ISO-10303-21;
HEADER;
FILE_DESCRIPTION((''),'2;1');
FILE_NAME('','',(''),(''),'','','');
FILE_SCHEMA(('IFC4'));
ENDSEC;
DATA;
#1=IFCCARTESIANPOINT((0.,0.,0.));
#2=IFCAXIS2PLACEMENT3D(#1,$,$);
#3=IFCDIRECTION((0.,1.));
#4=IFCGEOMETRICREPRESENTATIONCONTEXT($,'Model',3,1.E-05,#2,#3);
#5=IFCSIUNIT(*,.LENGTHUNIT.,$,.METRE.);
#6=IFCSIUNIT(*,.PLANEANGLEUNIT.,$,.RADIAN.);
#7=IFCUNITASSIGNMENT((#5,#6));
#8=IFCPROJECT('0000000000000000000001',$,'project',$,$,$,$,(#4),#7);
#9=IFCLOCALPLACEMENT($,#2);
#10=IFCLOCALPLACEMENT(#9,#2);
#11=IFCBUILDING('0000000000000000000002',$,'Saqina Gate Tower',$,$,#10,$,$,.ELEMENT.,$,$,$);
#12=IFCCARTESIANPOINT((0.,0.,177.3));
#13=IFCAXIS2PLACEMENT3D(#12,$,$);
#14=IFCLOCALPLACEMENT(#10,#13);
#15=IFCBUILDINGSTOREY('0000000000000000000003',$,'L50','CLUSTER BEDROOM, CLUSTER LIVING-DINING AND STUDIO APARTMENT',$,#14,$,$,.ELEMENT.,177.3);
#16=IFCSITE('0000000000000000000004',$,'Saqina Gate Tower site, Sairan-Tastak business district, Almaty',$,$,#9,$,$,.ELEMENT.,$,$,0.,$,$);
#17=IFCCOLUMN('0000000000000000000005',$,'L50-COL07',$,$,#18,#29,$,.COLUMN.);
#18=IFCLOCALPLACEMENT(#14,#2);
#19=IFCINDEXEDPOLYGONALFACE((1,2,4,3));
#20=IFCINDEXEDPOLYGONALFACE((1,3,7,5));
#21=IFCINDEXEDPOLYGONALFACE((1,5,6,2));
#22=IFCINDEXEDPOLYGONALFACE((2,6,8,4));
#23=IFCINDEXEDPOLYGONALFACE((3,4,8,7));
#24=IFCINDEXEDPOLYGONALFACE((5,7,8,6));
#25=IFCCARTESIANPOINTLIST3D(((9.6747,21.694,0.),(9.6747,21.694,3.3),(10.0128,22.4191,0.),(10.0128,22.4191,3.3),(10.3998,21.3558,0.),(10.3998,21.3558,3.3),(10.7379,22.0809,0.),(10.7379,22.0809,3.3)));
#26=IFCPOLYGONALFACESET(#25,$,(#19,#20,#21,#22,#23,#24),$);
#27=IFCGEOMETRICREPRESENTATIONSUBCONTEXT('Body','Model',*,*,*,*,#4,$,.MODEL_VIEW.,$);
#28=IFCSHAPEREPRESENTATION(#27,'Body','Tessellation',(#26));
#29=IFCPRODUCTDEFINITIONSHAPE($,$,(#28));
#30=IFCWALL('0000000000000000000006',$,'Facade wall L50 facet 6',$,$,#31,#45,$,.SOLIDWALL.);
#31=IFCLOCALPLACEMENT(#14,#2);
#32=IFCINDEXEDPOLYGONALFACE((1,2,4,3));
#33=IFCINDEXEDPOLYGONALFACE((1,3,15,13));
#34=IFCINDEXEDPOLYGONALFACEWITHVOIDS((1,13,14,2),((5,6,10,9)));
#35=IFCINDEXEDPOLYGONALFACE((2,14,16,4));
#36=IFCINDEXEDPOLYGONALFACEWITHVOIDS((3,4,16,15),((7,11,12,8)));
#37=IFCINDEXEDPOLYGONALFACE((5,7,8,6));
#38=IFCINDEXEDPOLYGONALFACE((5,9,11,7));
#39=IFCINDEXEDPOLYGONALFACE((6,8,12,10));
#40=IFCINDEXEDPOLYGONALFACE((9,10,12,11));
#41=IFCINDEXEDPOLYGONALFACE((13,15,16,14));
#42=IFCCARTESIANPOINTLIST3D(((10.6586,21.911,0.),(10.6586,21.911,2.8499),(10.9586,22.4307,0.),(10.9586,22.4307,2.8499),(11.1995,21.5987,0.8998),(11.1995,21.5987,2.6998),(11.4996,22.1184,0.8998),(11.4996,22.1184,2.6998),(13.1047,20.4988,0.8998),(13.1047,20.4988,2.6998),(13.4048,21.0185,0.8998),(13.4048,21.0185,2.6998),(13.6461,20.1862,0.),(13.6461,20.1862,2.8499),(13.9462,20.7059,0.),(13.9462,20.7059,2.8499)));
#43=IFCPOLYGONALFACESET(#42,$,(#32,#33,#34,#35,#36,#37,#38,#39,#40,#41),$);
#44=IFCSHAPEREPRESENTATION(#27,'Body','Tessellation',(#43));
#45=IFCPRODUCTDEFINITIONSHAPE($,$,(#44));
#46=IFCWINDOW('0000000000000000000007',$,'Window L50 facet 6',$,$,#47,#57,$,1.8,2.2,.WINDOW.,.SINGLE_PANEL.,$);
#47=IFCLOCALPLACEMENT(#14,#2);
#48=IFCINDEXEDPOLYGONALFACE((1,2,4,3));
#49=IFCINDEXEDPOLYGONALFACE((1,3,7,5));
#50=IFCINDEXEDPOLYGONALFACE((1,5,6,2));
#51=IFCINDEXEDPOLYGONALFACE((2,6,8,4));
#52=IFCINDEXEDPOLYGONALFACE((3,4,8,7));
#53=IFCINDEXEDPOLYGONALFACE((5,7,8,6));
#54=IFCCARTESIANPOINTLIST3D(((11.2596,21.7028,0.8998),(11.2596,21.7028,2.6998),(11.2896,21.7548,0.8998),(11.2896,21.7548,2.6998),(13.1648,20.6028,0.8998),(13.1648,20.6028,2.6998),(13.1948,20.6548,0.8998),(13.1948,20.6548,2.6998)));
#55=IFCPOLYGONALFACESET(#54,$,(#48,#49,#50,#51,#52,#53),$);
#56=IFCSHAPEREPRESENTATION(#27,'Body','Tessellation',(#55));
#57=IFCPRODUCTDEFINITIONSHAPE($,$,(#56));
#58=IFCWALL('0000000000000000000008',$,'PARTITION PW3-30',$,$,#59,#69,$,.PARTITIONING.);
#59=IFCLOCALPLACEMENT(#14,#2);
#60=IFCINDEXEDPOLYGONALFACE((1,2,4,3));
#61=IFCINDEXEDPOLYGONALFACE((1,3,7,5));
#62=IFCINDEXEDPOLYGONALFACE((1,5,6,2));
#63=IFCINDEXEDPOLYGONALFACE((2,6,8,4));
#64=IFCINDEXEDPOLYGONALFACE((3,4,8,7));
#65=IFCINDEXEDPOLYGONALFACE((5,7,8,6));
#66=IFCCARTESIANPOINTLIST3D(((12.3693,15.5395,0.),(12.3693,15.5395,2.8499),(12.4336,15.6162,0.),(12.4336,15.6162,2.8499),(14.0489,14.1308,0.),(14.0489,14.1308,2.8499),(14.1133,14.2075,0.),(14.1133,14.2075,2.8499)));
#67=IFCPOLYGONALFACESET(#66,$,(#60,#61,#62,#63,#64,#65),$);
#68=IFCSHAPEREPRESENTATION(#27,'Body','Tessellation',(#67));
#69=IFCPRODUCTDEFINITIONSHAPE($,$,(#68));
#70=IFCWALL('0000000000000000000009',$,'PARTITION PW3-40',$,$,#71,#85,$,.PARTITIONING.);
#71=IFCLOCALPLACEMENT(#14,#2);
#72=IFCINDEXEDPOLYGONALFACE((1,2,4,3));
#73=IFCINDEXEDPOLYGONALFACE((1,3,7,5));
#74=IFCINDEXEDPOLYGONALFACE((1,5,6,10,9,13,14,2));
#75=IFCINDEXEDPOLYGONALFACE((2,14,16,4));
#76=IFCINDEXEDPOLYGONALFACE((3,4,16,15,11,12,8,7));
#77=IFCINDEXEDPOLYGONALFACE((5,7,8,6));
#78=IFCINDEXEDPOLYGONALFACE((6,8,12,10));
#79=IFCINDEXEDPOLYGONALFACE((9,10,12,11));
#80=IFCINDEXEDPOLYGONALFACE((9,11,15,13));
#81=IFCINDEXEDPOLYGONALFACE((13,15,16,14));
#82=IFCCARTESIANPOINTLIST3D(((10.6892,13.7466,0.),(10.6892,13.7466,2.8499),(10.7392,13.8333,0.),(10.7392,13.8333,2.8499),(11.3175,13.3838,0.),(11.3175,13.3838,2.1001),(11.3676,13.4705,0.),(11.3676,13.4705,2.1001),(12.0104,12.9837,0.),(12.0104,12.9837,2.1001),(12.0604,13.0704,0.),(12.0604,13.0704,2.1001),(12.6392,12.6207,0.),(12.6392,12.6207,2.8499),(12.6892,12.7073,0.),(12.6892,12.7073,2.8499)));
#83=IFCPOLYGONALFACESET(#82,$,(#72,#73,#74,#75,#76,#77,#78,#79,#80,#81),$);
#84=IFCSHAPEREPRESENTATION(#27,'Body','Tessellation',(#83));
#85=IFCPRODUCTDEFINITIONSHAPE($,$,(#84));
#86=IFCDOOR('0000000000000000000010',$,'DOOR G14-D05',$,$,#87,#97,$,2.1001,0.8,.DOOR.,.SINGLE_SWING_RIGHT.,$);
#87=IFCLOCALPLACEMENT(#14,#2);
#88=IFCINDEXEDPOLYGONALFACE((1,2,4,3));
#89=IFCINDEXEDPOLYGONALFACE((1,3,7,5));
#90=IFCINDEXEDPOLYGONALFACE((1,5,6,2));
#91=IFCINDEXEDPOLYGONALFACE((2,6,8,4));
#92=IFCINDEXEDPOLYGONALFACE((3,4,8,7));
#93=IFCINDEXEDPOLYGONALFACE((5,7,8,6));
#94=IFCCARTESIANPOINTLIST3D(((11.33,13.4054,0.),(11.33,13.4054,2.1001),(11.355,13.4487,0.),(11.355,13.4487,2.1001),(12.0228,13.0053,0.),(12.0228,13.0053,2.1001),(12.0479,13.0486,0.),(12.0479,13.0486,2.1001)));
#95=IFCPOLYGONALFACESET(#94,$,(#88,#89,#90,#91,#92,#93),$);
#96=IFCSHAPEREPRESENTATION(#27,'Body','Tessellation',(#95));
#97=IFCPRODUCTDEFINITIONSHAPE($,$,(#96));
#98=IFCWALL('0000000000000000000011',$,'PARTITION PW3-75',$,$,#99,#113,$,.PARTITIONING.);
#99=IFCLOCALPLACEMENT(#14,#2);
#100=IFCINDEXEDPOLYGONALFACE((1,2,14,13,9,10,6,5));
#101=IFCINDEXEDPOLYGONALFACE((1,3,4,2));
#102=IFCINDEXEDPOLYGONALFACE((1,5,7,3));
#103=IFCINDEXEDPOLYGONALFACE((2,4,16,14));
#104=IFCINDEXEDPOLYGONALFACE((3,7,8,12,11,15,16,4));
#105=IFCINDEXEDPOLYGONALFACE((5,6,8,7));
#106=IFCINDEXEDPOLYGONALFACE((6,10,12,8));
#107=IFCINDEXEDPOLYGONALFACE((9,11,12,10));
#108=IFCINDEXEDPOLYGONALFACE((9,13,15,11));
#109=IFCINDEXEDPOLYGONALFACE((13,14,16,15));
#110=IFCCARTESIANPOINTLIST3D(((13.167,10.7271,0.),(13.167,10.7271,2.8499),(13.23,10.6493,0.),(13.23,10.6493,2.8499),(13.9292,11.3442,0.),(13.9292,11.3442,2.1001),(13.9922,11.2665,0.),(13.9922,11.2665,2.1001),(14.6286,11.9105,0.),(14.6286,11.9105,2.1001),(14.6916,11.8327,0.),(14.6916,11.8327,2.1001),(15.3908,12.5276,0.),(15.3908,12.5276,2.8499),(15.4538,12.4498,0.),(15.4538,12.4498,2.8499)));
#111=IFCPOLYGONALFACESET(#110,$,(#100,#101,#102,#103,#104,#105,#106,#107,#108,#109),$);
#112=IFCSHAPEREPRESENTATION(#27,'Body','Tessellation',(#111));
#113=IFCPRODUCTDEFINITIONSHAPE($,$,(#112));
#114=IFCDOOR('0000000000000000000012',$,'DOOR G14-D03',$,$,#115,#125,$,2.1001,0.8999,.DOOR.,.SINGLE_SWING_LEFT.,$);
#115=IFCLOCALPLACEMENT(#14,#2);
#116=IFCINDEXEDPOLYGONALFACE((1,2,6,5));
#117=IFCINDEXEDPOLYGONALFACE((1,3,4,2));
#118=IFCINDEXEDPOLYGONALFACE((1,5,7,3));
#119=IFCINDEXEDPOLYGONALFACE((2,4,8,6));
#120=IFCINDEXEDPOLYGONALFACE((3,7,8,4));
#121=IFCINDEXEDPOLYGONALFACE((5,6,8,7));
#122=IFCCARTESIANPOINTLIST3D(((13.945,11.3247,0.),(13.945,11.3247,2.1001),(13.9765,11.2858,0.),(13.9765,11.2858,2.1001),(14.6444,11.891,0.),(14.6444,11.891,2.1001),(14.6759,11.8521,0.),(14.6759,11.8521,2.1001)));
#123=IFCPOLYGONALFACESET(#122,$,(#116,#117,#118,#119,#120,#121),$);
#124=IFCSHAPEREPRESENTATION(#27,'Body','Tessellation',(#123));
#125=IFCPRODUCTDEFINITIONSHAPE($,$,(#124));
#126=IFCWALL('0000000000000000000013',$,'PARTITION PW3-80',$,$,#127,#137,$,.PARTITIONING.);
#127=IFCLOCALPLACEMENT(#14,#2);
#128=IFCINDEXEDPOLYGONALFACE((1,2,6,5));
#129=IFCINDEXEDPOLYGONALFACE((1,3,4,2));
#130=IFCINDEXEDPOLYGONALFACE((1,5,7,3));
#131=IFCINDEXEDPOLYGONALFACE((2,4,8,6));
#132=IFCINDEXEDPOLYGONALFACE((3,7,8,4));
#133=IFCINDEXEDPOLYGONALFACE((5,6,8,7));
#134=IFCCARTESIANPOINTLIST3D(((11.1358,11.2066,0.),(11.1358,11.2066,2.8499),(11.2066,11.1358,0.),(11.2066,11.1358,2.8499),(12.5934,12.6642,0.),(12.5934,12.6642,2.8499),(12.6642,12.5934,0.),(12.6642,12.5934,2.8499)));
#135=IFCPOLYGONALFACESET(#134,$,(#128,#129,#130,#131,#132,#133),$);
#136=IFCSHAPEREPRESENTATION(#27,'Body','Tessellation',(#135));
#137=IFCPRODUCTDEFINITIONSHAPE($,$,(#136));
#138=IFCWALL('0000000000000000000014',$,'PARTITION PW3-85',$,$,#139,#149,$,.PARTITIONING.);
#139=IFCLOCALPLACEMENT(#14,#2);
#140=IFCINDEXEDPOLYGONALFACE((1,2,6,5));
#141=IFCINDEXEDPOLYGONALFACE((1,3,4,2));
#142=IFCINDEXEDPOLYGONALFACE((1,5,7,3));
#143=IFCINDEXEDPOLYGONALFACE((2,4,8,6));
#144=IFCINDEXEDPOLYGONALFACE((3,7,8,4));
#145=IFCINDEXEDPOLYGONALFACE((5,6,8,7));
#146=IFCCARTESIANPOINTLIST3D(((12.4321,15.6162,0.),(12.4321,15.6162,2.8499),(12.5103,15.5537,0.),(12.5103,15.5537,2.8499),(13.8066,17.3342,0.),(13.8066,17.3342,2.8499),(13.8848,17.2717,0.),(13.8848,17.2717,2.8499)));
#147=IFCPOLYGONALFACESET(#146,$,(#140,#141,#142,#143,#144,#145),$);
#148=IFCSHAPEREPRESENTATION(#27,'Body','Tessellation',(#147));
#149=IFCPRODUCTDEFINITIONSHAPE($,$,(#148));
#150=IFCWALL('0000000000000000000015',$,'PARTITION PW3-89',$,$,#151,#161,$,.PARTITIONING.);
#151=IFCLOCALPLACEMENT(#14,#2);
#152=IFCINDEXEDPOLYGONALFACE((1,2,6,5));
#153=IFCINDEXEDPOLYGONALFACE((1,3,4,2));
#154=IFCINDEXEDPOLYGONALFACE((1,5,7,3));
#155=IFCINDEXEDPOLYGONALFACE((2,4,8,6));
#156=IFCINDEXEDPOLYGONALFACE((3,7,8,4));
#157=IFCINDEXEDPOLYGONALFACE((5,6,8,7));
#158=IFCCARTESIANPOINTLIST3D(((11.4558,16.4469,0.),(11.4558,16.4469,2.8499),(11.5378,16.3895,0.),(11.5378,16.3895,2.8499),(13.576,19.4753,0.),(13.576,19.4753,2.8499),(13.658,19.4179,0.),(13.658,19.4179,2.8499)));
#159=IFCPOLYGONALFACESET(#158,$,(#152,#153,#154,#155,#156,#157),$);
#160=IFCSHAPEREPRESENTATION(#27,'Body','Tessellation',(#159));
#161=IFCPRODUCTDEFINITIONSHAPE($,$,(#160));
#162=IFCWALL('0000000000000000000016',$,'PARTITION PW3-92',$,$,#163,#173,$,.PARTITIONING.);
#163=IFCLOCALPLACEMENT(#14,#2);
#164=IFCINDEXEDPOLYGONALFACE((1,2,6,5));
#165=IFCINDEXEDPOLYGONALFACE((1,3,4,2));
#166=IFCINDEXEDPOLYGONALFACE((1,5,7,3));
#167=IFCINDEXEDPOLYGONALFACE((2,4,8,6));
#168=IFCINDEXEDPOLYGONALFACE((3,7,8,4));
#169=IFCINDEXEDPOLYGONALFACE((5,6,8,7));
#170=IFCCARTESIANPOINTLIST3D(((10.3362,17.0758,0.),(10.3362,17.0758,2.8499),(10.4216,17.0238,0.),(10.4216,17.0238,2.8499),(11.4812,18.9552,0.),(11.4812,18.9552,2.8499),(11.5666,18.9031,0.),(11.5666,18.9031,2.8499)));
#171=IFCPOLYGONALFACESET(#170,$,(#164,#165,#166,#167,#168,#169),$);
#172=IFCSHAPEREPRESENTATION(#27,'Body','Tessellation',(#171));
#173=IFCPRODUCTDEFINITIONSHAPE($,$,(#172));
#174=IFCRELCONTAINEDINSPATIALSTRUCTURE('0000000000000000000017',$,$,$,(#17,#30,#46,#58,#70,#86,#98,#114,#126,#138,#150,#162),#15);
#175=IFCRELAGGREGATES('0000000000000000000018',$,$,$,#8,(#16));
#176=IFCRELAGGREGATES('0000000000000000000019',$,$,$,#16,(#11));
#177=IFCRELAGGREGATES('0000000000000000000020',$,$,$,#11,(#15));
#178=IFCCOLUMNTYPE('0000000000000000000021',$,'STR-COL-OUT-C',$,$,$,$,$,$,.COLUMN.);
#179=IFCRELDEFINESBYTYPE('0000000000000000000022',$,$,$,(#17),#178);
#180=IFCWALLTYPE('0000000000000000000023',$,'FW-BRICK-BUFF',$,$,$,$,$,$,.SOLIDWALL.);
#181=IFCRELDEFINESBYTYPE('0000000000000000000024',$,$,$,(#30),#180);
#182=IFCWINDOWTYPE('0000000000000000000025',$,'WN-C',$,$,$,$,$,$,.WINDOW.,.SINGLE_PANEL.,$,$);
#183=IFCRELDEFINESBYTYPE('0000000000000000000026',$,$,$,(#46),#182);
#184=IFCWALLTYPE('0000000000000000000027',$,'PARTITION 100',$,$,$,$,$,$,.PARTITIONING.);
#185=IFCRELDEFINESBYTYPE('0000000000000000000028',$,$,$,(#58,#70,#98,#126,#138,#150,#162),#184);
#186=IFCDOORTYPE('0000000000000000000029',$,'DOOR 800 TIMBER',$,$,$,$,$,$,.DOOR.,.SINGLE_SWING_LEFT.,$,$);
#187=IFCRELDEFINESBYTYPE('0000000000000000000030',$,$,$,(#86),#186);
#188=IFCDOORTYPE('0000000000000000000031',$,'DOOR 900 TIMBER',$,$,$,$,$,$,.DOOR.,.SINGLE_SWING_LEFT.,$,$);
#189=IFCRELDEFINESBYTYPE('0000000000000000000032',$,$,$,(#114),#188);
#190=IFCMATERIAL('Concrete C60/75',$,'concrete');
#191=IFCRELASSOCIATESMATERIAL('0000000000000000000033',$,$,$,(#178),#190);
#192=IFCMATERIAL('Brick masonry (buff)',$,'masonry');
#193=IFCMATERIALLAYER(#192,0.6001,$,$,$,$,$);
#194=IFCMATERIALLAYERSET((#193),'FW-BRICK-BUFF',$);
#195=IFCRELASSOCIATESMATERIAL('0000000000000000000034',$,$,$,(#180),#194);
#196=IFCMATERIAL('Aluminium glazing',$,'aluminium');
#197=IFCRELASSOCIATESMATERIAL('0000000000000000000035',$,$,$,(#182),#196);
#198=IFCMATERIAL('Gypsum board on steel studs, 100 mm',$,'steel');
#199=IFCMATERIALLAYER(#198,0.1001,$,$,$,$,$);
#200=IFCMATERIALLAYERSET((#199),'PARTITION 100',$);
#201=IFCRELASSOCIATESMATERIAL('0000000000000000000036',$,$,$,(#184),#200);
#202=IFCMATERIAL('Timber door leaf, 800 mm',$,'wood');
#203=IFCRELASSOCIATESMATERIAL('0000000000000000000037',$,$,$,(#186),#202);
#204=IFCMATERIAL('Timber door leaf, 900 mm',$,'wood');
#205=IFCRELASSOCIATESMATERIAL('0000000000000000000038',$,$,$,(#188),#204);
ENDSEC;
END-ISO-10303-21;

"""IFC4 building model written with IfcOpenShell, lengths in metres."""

from ifc_helpers import new_model, si_unit, direction, frame, frame_2d, origin, origin_2d, place, context, subcontext, project, spatial, rectangle, extrude, material, layer, layer_set, material_profile, profile_set, type_object, element, fill, save


model = new_model("IFC4")

# Units and contexts
model_context = context("Model", 3, precision=1e-05, world=origin(), true_north=direction((0.0, 1.0)))
body_context = subcontext(model_context, "Body", "Model", "MODEL_VIEW")
ifc_project = project(units=[si_unit("LENGTHUNIT", "METRE"), si_unit("PLANEANGLEUNIT", "RADIAN")], contexts=[model_context])

# Site, building, storey
site_placement = place(None, origin())
site = spatial("IfcSite", under=ifc_project, at=site_placement, Name="Saqina Gate Tower site, Sairan-Tastak business district, Almaty", CompositionType="ELEMENT", RefElevation=0.0)
building_placement = place(site_placement, origin())
building = spatial("IfcBuilding", under=site, at=building_placement, Name="Saqina Gate Tower", CompositionType="ELEMENT")
storey_placement = place(building_placement, frame((0.0, 0.0, 177.3)))
storey = spatial("IfcBuildingStorey", under=building, at=storey_placement, Name="L50", Description="CLUSTER BEDROOM, CLUSTER LIVING-DINING AND STUDIO APARTMENT", CompositionType="ELEMENT", Elevation=177.3)

# Column
ifc_material_1 = material(Name="Concrete C60/75", Category="concrete")
ifc_material_profile = material_profile(ifc_material_1, rectangle(XDim=0.8, YDim=0.8, at=origin_2d()), Name="RC 800x800")
ifc_profile_set = profile_set([ifc_material_profile], Name="Concrete C60/75")
column_type = type_object("IfcColumnType", Name="STR-COL-OUT-C", PredefinedType="COLUMN", material=ifc_profile_set)
column_placement = place(storey_placement, frame((10.2063, 21.8875, 0.0), z_axis=(0.0, 0.0, 1.0), x_axis=(0.422618, 0.906308, 0.0)))
element("IfcColumn", 1, at=column_placement, inside=storey, type_object=column_type, Name="L50-COL07", PredefinedType="COLUMN", context=body_context, shape_type="SweptSolid", body=[
    extrude(rectangle(XDim=0.8, YDim=0.8, at=origin_2d()), origin(), (0.0, 0.0, 1.0), 3.3),
])

# Wall, opening, window
ifc_material_2 = material(Name="Brick masonry (buff)", Category="masonry")
ifc_layer_1 = layer(ifc_material_2, 0.6001)
ifc_layer_set_1 = layer_set([ifc_layer_1], Name="FW-BRICK-BUFF")
wall_type_1 = type_object("IfcWallType", Name="FW-BRICK-BUFF", PredefinedType="SOLIDWALL", material=ifc_layer_set_1)
wall_1_placement = place(storey_placement, frame((13.7961, 20.446, 0.0), z_axis=(0.0, 0.0, 1.0), x_axis=(-0.866026, 0.499998, 0.0)))
wall_1 = element("IfcWall", 2, at=wall_1_placement, inside=storey, type_object=wall_type_1, Name="Facade wall L50 facet 6", PredefinedType="SOLIDWALL", context=body_context, shape_type="SweptSolid", body=[
    extrude(rectangle(XDim=3.4497, YDim=0.6001, at=frame_2d((1.7249, 0.0))), origin(), (0.0, 0.0, 1.0), 2.8499),
])
opening_1_placement = place(wall_1_placement, frame((0.625, 0.0, 0.8999)))
opening_1 = element("IfcOpeningElement", 3, at=opening_1_placement, cuts=wall_1, PredefinedType="OPENING", context=body_context, shape_type="SweptSolid", body=[
    extrude(rectangle(XDim=2.2, YDim=1.8, at=frame_2d((1.1001, 0.8999))), frame((0.0, 0.312, 0.0), z_axis=(0.0, -1.0, 0.0), x_axis=(1.0, 0.0, 0.0)), (0.0, 0.0, 1.0), 0.624),
])
ifc_material_3 = material(Name="Aluminium glazing", Category="aluminium")
window_type = type_object("IfcWindowType", Name="WN-C", PartitioningType="SINGLE_PANEL", PredefinedType="WINDOW", material=ifc_material_3)
window_placement = place(opening_1_placement, origin())
window = element("IfcWindow", 4, at=window_placement, inside=storey, type_object=window_type, Name="Window L50 facet 6", OverallHeight=1.8, OverallWidth=2.2, PartitioningType="SINGLE_PANEL", PredefinedType="WINDOW", context=body_context, shape_type="SweptSolid", body=[
    extrude(rectangle(XDim=2.2, YDim=1.8, at=frame_2d((1.1001, 0.8999))), frame((0.0, 0.1799, 0.0), z_axis=(0.0, -1.0, 0.0), x_axis=(1.0, 0.0, 0.0)), (0.0, 0.0, 1.0), 0.0601),
])
fill(opening_1, window)

# Wall
ifc_material_4 = material(Name="Gypsum board on steel studs, 100 mm", Category="steel")
ifc_layer_2 = layer(ifc_material_4, 0.1001)
ifc_layer_set_2 = layer_set([ifc_layer_2], Name="PARTITION 100")
wall_type_2 = type_object("IfcWallType", Name="PARTITION 100", PredefinedType="PARTITIONING", material=ifc_layer_set_2)
wall_2_placement = place(storey_placement, frame((12.4014, 15.5779, 0.0), z_axis=(0.0, 0.0, 1.0), x_axis=(0.766209, -0.642591, 0.0)))
element("IfcWall", 5, at=wall_2_placement, inside=storey, type_object=wall_type_2, Name="PARTITION PW3-30", PredefinedType="PARTITIONING", context=body_context, shape_type="SweptSolid", body=[
    extrude(rectangle(XDim=2.1921, YDim=0.1001, at=frame_2d((1.0962, 0.0))), origin(), (0.0, 0.0, 1.0), 2.8499),
])

# Walls, openings, doors
wall_3_placement = place(storey_placement, frame((10.7141, 13.79, 0.0), z_axis=(0.0, 0.0, 1.0), x_axis=(0.865992, -0.500057, 0.0)))
wall_3 = element("IfcWall", 6, at=wall_3_placement, inside=storey, type_object=wall_type_2, Name="PARTITION PW3-40", PredefinedType="PARTITIONING", context=body_context, shape_type="SweptSolid", body=[
    extrude(rectangle(XDim=2.2517, YDim=0.1001, at=frame_2d((1.126, 0.0))), origin(), (0.0, 0.0, 1.0), 2.8499),
])
opening_2_placement = place(wall_3_placement, frame((0.7258, 0.0, 0.0)))
opening_2 = element("IfcOpeningElement", 7, at=opening_2_placement, cuts=wall_3, PredefinedType="OPENING", context=body_context, shape_type="SweptSolid", body=[
    extrude(rectangle(XDim=0.8, YDim=2.1001, at=frame_2d((0.3999, 1.05))), frame((0.0, 0.062, 0.0), z_axis=(0.0, -1.0, 0.0), x_axis=(1.0, 0.0, 0.0)), (0.0, 0.0, 1.0), 0.124),
])
ifc_material_5 = material(Name="Timber door leaf, 800 mm", Category="wood")
door_type_1 = type_object("IfcDoorType", Name="DOOR 800 TIMBER", OperationType="SINGLE_SWING_LEFT", PredefinedType="DOOR", material=ifc_material_5)
door_1_placement = place(opening_2_placement, origin())
door_1 = element("IfcDoor", 8, at=door_1_placement, inside=storey, type_object=door_type_1, Name="DOOR G14-D05", OperationType="SINGLE_SWING_RIGHT", OverallHeight=2.1001, OverallWidth=0.8, PredefinedType="DOOR", context=body_context, shape_type="SweptSolid", body=[
    extrude(rectangle(XDim=0.8, YDim=2.1001, at=frame_2d((0.3999, 1.05))), frame((0.0, 0.0249, 0.0), z_axis=(0.0, -1.0, 0.0), x_axis=(1.0, 0.0, 0.0)), (0.0, 0.0, 1.0), 0.05),
])
fill(opening_2, door_1)
wall_4_placement = place(storey_placement, frame((13.1985, 10.6882, 0.0), z_axis=(0.0, 0.0, 1.0), x_axis=(0.777201, 0.629252, 0.0)))
wall_4 = element("IfcWall", 9, at=wall_4_placement, inside=storey, type_object=wall_type_2, Name="PARTITION PW3-75", PredefinedType="PARTITIONING", context=body_context, shape_type="SweptSolid", body=[
    extrude(rectangle(XDim=2.8613, YDim=0.1001, at=frame_2d((1.4307, 0.0))), origin(), (0.0, 0.0, 1.0), 2.8499),
])
opening_3_placement = place(wall_4_placement, frame((0.9807, 0.0, 0.0)))
opening_3 = element("IfcOpeningElement", 10, at=opening_3_placement, cuts=wall_4, PredefinedType="OPENING", context=body_context, shape_type="SweptSolid", body=[
    extrude(rectangle(XDim=0.8999, YDim=2.1001, at=frame_2d((0.45, 1.05))), frame((0.0, 0.062, 0.0), z_axis=(0.0, -1.0, 0.0), x_axis=(1.0, 0.0, 0.0)), (0.0, 0.0, 1.0), 0.124),
])
ifc_material_6 = material(Name="Timber door leaf, 900 mm", Category="wood")
door_type_2 = type_object("IfcDoorType", Name="DOOR 900 TIMBER", OperationType="SINGLE_SWING_LEFT", PredefinedType="DOOR", material=ifc_material_6)
door_2_placement = place(opening_3_placement, origin())
door_2 = element("IfcDoor", 11, at=door_2_placement, inside=storey, type_object=door_type_2, Name="DOOR G14-D03", OperationType="SINGLE_SWING_LEFT", OverallHeight=2.1001, OverallWidth=0.8999, PredefinedType="DOOR", context=body_context, shape_type="SweptSolid", body=[
    extrude(rectangle(XDim=0.8999, YDim=2.1001, at=frame_2d((0.45, 1.05))), frame((0.0, 0.0249, 0.0), z_axis=(0.0, -1.0, 0.0), x_axis=(1.0, 0.0, 0.0)), (0.0, 0.0, 1.0), 0.05),
])
fill(opening_3, door_2)

# Walls
wall_5_placement = place(storey_placement, frame((11.1711, 11.1711, 0.0), z_axis=(0.0, 0.0, 1.0), x_axis=(0.707107, 0.707107, 0.0)))
element("IfcWall", 12, at=wall_5_placement, inside=storey, type_object=wall_type_2, Name="PARTITION PW3-80", PredefinedType="PARTITIONING", context=body_context, shape_type="SweptSolid", body=[
    extrude(rectangle(XDim=2.0613, YDim=0.1001, at=frame_2d((1.0308, 0.0))), origin(), (0.0, 0.0, 1.0), 2.8499),
])
wall_6_placement = place(storey_placement, frame((12.4712, 15.585, 0.0), z_axis=(0.0, 0.0, 1.0), x_axis=(0.624722, 0.780847, 0.0)))
element("IfcWall", 13, at=wall_6_placement, inside=storey, type_object=wall_type_2, Name="PARTITION PW3-85", PredefinedType="PARTITIONING", context=body_context, shape_type="SweptSolid", body=[
    extrude(rectangle(XDim=2.2002, YDim=0.1001, at=frame_2d((1.1001, 0.0))), origin(), (0.0, 0.0, 1.0), 2.8499),
])
wall_7_placement = place(storey_placement, frame((11.4968, 16.4182, 0.0), z_axis=(0.0, 0.0, 1.0), x_axis=(0.573516, 0.819195, 0.0)))
element("IfcWall", 14, at=wall_7_placement, inside=storey, type_object=wall_type_2, Name="PARTITION PW3-89", PredefinedType="PARTITIONING", context=body_context, shape_type="SweptSolid", body=[
    extrude(rectangle(XDim=3.6968, YDim=0.1001, at=frame_2d((1.8484, 0.0))), origin(), (0.0, 0.0, 1.0), 2.8499),
])
wall_8_placement = place(storey_placement, frame((10.3789, 17.0498, 0.0), z_axis=(0.0, 0.0, 1.0), x_axis=(0.520292, 0.853989, 0.0)))
element("IfcWall", 15, at=wall_8_placement, inside=storey, type_object=wall_type_2, Name="PARTITION PW3-92", PredefinedType="PARTITIONING", context=body_context, shape_type="SweptSolid", body=[
    extrude(rectangle(XDim=2.2007, YDim=0.1001, at=frame_2d((1.1003, 0.0))), origin(), (0.0, 0.0, 1.0), 2.8499),
])

save(model, "model.ifc")
